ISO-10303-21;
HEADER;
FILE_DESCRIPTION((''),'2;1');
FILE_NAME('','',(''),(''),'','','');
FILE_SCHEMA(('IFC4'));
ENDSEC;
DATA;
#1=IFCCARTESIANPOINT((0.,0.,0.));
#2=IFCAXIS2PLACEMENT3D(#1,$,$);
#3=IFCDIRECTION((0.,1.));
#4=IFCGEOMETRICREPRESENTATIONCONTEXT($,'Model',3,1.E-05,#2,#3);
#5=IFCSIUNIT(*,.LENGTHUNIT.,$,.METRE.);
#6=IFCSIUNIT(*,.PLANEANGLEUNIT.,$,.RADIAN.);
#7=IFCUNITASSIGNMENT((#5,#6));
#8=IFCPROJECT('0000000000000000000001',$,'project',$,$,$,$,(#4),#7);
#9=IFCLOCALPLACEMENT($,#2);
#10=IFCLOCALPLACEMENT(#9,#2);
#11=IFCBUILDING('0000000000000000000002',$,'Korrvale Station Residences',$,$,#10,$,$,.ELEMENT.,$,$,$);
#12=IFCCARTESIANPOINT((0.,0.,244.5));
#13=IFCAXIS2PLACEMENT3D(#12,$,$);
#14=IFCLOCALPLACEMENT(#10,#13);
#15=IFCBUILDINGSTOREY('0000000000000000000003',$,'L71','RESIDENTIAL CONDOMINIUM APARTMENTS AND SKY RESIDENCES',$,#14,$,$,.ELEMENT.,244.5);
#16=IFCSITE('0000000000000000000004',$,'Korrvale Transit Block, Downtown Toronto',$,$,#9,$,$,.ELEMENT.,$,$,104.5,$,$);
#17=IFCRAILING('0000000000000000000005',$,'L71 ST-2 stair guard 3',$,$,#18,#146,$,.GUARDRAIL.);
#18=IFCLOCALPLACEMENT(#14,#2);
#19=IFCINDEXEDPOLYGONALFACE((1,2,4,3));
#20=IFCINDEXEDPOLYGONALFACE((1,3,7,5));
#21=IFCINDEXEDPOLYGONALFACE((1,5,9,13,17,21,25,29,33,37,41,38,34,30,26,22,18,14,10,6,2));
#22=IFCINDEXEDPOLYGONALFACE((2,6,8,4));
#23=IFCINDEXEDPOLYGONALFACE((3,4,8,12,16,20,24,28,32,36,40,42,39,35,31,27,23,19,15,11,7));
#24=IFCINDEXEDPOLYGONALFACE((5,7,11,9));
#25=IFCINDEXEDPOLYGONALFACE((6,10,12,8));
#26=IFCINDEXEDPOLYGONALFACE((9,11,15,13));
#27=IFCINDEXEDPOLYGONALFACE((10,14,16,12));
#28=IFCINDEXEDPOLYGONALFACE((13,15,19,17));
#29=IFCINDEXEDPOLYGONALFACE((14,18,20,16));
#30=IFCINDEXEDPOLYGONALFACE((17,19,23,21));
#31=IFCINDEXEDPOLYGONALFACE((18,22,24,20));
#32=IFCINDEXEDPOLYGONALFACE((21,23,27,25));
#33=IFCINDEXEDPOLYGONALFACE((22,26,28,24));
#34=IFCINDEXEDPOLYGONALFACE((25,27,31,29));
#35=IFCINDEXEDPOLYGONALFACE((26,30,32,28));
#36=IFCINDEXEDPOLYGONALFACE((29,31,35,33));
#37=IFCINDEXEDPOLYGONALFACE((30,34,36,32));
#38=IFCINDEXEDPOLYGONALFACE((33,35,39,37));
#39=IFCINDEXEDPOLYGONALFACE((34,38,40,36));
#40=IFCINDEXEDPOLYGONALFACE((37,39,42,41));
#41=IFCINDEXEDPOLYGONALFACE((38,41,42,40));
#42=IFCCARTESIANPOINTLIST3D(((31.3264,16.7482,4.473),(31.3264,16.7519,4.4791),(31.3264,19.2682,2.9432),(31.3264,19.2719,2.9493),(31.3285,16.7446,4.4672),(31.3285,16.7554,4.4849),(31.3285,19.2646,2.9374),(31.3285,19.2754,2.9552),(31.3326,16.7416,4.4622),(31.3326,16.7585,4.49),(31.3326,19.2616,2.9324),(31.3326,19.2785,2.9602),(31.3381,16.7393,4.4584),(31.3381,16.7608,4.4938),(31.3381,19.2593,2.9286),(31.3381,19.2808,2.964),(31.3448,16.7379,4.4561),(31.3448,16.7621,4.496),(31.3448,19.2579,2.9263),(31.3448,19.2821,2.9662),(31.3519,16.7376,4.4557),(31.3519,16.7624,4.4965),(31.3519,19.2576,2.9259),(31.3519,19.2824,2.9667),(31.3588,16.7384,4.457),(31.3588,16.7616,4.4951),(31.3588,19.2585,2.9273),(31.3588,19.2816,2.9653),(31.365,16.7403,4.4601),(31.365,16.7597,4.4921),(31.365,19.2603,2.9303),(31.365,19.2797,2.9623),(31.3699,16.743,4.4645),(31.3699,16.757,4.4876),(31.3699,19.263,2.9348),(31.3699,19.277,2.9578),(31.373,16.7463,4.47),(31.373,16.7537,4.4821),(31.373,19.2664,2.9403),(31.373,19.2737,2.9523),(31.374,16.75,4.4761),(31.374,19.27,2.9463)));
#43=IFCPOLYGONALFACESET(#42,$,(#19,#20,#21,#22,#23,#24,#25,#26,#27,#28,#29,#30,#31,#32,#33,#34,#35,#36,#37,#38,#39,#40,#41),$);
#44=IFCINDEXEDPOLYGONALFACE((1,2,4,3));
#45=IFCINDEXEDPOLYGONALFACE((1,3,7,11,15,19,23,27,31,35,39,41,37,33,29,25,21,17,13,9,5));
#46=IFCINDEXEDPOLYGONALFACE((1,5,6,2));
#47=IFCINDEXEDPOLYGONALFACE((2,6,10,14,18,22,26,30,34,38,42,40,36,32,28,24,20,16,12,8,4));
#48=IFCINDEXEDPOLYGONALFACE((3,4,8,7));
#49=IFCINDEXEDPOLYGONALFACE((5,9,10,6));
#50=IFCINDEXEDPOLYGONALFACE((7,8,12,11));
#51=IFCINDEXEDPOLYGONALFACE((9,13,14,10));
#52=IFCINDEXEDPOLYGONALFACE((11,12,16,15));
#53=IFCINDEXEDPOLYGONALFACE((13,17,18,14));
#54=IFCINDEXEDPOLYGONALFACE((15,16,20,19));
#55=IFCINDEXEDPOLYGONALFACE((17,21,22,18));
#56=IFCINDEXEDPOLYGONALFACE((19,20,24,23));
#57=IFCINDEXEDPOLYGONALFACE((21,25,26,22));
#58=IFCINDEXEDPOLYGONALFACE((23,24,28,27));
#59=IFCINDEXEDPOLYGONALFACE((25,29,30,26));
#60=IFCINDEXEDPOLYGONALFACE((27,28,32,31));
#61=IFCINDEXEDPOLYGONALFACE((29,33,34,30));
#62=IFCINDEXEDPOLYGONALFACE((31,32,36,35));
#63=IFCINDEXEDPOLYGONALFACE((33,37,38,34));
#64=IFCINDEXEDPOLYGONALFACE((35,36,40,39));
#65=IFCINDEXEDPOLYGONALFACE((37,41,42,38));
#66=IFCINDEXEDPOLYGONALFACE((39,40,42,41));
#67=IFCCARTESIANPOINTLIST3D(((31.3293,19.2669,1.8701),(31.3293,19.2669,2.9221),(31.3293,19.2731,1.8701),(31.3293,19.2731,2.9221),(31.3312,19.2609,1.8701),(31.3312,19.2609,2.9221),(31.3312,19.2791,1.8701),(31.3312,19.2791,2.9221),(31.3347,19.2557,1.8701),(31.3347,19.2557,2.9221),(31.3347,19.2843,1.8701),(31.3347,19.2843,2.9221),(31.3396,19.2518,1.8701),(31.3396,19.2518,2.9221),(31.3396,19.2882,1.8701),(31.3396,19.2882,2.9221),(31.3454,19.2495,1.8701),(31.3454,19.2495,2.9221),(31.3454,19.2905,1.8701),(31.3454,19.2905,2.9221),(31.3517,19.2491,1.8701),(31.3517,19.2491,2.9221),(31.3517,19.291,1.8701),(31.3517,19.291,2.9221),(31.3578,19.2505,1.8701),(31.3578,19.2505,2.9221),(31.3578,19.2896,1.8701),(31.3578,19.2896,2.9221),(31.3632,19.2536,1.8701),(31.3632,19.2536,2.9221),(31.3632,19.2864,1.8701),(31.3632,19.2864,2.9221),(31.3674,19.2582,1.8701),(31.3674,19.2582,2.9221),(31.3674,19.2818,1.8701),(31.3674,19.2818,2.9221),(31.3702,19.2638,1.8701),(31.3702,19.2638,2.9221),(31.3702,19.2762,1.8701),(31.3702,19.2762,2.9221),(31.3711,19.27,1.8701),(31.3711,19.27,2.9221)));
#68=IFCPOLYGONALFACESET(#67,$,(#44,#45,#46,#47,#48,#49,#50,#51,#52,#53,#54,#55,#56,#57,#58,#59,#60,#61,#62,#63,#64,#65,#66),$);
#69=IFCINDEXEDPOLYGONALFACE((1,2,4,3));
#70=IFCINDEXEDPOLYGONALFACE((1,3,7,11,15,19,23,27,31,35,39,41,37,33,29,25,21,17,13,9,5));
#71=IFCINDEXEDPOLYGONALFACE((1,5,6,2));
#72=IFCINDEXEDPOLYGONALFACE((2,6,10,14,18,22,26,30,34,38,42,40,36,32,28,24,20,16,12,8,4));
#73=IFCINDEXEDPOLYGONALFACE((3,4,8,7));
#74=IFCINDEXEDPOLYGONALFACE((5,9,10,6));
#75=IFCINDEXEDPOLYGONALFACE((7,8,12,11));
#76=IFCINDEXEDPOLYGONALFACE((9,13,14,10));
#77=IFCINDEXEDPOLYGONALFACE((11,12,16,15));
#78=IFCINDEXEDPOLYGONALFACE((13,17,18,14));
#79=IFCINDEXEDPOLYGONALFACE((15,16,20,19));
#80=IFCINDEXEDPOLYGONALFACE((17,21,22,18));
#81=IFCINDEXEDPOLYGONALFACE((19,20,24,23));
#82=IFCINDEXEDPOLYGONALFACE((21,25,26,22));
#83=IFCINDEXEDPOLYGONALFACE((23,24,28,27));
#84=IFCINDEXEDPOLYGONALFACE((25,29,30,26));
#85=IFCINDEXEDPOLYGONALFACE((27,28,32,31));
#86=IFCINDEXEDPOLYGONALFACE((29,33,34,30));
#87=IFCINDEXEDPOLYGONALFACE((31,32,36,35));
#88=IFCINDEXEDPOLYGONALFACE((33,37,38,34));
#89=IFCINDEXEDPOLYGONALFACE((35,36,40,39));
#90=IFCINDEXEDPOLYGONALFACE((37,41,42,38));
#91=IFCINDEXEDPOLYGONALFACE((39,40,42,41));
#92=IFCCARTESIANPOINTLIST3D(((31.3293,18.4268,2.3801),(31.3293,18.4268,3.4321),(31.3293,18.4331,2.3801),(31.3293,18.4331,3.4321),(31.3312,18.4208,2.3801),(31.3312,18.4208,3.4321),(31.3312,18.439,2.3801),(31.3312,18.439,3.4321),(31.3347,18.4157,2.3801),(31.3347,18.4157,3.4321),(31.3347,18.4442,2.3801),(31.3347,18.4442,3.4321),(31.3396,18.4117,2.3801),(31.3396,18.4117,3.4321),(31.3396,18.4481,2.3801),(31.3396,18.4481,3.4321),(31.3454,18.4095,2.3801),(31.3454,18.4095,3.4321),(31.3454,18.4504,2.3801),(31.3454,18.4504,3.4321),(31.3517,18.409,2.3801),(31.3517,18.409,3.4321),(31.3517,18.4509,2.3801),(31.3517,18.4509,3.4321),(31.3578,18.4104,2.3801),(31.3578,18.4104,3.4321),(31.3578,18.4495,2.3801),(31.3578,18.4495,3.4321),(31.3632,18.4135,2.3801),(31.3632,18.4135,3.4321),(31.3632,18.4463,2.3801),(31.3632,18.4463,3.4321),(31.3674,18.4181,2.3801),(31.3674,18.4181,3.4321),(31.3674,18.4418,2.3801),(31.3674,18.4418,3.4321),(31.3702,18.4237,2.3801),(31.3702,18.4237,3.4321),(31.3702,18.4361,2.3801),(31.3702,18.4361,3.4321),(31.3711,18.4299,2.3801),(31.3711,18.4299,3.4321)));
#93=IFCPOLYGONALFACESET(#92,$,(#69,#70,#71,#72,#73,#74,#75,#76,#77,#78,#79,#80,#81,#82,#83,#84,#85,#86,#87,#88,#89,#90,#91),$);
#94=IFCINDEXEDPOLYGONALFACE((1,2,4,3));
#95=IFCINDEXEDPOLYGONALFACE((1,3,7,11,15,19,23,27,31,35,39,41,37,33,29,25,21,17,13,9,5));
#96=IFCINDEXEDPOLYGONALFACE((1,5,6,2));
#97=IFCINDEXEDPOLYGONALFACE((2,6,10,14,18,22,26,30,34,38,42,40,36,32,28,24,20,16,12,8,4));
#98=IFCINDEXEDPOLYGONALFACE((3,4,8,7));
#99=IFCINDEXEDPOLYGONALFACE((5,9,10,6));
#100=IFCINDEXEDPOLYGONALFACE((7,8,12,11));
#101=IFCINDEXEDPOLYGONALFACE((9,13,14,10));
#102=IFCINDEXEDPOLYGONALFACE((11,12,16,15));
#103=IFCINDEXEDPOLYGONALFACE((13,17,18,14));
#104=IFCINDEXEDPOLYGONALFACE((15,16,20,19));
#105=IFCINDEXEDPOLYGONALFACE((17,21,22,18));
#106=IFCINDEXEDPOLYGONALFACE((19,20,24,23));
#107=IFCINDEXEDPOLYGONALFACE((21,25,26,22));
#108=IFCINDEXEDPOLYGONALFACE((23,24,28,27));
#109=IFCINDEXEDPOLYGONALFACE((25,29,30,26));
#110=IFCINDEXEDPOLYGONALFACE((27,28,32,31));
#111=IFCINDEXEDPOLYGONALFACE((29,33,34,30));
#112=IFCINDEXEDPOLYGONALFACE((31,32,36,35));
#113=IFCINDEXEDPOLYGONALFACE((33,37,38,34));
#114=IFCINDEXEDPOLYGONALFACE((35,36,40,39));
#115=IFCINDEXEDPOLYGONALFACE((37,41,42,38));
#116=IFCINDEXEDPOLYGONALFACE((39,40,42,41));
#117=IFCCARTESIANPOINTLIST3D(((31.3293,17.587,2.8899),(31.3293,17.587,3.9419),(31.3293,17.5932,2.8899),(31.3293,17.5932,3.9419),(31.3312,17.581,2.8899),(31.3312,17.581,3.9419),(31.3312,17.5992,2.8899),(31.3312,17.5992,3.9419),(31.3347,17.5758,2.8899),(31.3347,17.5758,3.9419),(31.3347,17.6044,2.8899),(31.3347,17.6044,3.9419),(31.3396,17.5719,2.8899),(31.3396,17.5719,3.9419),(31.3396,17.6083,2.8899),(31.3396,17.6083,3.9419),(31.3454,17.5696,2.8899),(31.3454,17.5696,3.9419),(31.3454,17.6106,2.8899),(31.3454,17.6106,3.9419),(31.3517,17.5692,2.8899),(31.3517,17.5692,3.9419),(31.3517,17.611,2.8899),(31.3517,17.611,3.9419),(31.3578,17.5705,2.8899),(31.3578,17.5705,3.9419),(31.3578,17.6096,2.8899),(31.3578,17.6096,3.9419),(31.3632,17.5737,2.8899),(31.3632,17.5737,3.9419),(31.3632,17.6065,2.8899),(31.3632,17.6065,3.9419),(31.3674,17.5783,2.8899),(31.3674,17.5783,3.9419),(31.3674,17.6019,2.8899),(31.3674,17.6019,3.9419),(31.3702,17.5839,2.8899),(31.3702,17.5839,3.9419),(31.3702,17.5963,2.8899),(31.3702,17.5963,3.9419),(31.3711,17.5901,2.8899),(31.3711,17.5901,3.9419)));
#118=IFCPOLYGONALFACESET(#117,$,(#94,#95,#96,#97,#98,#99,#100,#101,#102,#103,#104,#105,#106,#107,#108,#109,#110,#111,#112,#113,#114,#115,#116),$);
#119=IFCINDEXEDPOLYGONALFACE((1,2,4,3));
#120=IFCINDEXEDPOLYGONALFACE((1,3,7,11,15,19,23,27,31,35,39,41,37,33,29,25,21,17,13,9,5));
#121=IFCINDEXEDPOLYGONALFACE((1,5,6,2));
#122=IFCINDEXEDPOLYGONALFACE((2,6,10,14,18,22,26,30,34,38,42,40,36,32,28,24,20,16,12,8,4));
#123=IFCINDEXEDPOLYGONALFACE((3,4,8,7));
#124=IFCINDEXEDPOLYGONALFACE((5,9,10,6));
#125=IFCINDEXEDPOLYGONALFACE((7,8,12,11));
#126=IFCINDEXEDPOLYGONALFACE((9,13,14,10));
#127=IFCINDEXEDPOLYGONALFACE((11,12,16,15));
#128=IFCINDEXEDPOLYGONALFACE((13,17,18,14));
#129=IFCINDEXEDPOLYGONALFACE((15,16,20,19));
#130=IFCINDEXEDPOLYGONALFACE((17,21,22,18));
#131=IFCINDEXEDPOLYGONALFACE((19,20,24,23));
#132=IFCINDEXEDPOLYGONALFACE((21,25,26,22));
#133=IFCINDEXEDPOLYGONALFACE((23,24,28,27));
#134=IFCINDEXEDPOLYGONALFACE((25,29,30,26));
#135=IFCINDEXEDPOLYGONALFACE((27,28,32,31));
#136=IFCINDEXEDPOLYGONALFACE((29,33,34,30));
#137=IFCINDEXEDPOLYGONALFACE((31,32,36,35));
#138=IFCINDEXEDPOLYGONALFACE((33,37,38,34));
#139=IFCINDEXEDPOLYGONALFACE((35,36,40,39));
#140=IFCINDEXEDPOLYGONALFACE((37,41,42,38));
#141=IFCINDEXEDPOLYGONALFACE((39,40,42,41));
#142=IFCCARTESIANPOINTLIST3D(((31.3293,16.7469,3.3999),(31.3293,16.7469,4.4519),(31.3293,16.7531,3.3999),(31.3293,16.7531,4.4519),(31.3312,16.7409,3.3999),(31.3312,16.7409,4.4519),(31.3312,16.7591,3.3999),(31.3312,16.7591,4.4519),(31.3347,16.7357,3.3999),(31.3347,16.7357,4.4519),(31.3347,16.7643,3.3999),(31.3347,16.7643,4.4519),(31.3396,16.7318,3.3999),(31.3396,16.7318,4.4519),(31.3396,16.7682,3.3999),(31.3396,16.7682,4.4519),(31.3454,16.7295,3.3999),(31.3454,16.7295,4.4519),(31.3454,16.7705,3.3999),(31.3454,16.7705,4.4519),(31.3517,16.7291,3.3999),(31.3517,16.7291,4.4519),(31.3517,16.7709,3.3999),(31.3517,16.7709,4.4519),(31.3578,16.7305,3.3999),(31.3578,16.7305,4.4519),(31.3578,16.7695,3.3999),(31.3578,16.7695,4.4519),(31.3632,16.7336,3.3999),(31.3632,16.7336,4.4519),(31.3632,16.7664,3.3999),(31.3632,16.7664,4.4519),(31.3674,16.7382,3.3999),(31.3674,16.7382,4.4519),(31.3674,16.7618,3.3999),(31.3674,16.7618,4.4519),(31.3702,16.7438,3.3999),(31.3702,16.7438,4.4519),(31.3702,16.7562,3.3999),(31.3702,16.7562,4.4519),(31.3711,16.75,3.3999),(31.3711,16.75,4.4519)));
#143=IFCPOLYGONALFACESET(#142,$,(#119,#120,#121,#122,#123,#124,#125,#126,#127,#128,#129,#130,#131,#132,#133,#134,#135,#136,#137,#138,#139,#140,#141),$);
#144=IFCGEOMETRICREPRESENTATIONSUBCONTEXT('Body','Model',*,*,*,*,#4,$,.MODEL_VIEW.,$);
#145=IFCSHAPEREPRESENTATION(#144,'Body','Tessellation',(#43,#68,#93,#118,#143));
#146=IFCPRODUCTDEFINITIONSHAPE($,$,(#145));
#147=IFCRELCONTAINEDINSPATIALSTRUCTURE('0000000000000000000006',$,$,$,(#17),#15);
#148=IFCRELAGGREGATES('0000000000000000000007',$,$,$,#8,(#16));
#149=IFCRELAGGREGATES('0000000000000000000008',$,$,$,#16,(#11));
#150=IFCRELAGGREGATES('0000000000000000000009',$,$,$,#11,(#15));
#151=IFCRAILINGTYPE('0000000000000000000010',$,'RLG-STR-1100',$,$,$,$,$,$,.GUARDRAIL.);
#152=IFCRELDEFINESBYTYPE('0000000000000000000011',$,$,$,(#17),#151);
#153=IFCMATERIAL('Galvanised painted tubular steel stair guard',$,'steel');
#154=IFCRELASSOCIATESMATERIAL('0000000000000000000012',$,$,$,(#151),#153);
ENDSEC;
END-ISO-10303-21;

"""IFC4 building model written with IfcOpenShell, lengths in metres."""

from ifc_helpers import new_model, si_unit, direction, frame, origin, origin_2d, place, context, subcontext, project, spatial, circle, extrude, material, type_object, element, save


model = new_model("IFC4")

# Units and contexts
model_context = context("Model", 3, precision=1e-05, world=origin(), true_north=direction((0.0, 1.0)))
body_context = subcontext(model_context, "Body", "Model", "MODEL_VIEW")
ifc_project = project(units=[si_unit("LENGTHUNIT", "METRE"), si_unit("PLANEANGLEUNIT", "RADIAN")], contexts=[model_context])

# Site, building, storey
site_placement = place(None, origin())
site = spatial("IfcSite", under=ifc_project, at=site_placement, Name="Korrvale Transit Block, Downtown Toronto", CompositionType="ELEMENT", RefElevation=104.5)
building_placement = place(site_placement, origin())
building = spatial("IfcBuilding", under=site, at=building_placement, Name="Korrvale Station Residences", CompositionType="ELEMENT")
storey_placement = place(building_placement, frame((0.0, 0.0, 244.5)))
storey = spatial("IfcBuildingStorey", under=building, at=storey_placement, Name="L71", Description="RESIDENTIAL CONDOMINIUM APARTMENTS AND SKY RESIDENCES", CompositionType="ELEMENT", Elevation=244.5)

# Railing
ifc_material_1 = material(Name="Galvanised painted tubular steel stair guard", Category="steel")
railing_type_1 = type_object("IfcRailingType", Name="RLG-STR-1100", PredefinedType="GUARDRAIL", material=ifc_material_1)
railing_1_placement = place(storey_placement, frame((31.3501, 19.27, 1.8701)))
element("IfcRailing", 1, at=railing_1_placement, inside=storey, type_object=railing_type_1, Name="L71 ST-2 stair guard 3", PredefinedType="GUARDRAIL", context=body_context, shape_type="SweptSolid", body=[
    extrude(circle(Radius=0.0239, at=origin_2d()), frame((0.0, 0.0, 1.0762), z_axis=(0.0, -0.854822, 0.518922), x_axis=(1.0, 0.0, 0.0)), (0.0, 0.0, 1.0), 2.948),
    extrude(circle(Radius=0.021, at=origin_2d()), origin(), (0.0, 0.0, 1.0), 1.052),
    extrude(circle(Radius=0.021, at=origin_2d()), frame((0.0, -0.8401, 0.51)), (0.0, 0.0, 1.0), 1.052),
    extrude(circle(Radius=0.021, at=origin_2d()), frame((0.0, -1.6799, 1.0198)), (0.0, 0.0, 1.0), 1.052),
    extrude(circle(Radius=0.021, at=origin_2d()), frame((0.0, -2.52, 1.5298)), (0.0, 0.0, 1.0), 1.052),
])

save(model, "model.ifc")
